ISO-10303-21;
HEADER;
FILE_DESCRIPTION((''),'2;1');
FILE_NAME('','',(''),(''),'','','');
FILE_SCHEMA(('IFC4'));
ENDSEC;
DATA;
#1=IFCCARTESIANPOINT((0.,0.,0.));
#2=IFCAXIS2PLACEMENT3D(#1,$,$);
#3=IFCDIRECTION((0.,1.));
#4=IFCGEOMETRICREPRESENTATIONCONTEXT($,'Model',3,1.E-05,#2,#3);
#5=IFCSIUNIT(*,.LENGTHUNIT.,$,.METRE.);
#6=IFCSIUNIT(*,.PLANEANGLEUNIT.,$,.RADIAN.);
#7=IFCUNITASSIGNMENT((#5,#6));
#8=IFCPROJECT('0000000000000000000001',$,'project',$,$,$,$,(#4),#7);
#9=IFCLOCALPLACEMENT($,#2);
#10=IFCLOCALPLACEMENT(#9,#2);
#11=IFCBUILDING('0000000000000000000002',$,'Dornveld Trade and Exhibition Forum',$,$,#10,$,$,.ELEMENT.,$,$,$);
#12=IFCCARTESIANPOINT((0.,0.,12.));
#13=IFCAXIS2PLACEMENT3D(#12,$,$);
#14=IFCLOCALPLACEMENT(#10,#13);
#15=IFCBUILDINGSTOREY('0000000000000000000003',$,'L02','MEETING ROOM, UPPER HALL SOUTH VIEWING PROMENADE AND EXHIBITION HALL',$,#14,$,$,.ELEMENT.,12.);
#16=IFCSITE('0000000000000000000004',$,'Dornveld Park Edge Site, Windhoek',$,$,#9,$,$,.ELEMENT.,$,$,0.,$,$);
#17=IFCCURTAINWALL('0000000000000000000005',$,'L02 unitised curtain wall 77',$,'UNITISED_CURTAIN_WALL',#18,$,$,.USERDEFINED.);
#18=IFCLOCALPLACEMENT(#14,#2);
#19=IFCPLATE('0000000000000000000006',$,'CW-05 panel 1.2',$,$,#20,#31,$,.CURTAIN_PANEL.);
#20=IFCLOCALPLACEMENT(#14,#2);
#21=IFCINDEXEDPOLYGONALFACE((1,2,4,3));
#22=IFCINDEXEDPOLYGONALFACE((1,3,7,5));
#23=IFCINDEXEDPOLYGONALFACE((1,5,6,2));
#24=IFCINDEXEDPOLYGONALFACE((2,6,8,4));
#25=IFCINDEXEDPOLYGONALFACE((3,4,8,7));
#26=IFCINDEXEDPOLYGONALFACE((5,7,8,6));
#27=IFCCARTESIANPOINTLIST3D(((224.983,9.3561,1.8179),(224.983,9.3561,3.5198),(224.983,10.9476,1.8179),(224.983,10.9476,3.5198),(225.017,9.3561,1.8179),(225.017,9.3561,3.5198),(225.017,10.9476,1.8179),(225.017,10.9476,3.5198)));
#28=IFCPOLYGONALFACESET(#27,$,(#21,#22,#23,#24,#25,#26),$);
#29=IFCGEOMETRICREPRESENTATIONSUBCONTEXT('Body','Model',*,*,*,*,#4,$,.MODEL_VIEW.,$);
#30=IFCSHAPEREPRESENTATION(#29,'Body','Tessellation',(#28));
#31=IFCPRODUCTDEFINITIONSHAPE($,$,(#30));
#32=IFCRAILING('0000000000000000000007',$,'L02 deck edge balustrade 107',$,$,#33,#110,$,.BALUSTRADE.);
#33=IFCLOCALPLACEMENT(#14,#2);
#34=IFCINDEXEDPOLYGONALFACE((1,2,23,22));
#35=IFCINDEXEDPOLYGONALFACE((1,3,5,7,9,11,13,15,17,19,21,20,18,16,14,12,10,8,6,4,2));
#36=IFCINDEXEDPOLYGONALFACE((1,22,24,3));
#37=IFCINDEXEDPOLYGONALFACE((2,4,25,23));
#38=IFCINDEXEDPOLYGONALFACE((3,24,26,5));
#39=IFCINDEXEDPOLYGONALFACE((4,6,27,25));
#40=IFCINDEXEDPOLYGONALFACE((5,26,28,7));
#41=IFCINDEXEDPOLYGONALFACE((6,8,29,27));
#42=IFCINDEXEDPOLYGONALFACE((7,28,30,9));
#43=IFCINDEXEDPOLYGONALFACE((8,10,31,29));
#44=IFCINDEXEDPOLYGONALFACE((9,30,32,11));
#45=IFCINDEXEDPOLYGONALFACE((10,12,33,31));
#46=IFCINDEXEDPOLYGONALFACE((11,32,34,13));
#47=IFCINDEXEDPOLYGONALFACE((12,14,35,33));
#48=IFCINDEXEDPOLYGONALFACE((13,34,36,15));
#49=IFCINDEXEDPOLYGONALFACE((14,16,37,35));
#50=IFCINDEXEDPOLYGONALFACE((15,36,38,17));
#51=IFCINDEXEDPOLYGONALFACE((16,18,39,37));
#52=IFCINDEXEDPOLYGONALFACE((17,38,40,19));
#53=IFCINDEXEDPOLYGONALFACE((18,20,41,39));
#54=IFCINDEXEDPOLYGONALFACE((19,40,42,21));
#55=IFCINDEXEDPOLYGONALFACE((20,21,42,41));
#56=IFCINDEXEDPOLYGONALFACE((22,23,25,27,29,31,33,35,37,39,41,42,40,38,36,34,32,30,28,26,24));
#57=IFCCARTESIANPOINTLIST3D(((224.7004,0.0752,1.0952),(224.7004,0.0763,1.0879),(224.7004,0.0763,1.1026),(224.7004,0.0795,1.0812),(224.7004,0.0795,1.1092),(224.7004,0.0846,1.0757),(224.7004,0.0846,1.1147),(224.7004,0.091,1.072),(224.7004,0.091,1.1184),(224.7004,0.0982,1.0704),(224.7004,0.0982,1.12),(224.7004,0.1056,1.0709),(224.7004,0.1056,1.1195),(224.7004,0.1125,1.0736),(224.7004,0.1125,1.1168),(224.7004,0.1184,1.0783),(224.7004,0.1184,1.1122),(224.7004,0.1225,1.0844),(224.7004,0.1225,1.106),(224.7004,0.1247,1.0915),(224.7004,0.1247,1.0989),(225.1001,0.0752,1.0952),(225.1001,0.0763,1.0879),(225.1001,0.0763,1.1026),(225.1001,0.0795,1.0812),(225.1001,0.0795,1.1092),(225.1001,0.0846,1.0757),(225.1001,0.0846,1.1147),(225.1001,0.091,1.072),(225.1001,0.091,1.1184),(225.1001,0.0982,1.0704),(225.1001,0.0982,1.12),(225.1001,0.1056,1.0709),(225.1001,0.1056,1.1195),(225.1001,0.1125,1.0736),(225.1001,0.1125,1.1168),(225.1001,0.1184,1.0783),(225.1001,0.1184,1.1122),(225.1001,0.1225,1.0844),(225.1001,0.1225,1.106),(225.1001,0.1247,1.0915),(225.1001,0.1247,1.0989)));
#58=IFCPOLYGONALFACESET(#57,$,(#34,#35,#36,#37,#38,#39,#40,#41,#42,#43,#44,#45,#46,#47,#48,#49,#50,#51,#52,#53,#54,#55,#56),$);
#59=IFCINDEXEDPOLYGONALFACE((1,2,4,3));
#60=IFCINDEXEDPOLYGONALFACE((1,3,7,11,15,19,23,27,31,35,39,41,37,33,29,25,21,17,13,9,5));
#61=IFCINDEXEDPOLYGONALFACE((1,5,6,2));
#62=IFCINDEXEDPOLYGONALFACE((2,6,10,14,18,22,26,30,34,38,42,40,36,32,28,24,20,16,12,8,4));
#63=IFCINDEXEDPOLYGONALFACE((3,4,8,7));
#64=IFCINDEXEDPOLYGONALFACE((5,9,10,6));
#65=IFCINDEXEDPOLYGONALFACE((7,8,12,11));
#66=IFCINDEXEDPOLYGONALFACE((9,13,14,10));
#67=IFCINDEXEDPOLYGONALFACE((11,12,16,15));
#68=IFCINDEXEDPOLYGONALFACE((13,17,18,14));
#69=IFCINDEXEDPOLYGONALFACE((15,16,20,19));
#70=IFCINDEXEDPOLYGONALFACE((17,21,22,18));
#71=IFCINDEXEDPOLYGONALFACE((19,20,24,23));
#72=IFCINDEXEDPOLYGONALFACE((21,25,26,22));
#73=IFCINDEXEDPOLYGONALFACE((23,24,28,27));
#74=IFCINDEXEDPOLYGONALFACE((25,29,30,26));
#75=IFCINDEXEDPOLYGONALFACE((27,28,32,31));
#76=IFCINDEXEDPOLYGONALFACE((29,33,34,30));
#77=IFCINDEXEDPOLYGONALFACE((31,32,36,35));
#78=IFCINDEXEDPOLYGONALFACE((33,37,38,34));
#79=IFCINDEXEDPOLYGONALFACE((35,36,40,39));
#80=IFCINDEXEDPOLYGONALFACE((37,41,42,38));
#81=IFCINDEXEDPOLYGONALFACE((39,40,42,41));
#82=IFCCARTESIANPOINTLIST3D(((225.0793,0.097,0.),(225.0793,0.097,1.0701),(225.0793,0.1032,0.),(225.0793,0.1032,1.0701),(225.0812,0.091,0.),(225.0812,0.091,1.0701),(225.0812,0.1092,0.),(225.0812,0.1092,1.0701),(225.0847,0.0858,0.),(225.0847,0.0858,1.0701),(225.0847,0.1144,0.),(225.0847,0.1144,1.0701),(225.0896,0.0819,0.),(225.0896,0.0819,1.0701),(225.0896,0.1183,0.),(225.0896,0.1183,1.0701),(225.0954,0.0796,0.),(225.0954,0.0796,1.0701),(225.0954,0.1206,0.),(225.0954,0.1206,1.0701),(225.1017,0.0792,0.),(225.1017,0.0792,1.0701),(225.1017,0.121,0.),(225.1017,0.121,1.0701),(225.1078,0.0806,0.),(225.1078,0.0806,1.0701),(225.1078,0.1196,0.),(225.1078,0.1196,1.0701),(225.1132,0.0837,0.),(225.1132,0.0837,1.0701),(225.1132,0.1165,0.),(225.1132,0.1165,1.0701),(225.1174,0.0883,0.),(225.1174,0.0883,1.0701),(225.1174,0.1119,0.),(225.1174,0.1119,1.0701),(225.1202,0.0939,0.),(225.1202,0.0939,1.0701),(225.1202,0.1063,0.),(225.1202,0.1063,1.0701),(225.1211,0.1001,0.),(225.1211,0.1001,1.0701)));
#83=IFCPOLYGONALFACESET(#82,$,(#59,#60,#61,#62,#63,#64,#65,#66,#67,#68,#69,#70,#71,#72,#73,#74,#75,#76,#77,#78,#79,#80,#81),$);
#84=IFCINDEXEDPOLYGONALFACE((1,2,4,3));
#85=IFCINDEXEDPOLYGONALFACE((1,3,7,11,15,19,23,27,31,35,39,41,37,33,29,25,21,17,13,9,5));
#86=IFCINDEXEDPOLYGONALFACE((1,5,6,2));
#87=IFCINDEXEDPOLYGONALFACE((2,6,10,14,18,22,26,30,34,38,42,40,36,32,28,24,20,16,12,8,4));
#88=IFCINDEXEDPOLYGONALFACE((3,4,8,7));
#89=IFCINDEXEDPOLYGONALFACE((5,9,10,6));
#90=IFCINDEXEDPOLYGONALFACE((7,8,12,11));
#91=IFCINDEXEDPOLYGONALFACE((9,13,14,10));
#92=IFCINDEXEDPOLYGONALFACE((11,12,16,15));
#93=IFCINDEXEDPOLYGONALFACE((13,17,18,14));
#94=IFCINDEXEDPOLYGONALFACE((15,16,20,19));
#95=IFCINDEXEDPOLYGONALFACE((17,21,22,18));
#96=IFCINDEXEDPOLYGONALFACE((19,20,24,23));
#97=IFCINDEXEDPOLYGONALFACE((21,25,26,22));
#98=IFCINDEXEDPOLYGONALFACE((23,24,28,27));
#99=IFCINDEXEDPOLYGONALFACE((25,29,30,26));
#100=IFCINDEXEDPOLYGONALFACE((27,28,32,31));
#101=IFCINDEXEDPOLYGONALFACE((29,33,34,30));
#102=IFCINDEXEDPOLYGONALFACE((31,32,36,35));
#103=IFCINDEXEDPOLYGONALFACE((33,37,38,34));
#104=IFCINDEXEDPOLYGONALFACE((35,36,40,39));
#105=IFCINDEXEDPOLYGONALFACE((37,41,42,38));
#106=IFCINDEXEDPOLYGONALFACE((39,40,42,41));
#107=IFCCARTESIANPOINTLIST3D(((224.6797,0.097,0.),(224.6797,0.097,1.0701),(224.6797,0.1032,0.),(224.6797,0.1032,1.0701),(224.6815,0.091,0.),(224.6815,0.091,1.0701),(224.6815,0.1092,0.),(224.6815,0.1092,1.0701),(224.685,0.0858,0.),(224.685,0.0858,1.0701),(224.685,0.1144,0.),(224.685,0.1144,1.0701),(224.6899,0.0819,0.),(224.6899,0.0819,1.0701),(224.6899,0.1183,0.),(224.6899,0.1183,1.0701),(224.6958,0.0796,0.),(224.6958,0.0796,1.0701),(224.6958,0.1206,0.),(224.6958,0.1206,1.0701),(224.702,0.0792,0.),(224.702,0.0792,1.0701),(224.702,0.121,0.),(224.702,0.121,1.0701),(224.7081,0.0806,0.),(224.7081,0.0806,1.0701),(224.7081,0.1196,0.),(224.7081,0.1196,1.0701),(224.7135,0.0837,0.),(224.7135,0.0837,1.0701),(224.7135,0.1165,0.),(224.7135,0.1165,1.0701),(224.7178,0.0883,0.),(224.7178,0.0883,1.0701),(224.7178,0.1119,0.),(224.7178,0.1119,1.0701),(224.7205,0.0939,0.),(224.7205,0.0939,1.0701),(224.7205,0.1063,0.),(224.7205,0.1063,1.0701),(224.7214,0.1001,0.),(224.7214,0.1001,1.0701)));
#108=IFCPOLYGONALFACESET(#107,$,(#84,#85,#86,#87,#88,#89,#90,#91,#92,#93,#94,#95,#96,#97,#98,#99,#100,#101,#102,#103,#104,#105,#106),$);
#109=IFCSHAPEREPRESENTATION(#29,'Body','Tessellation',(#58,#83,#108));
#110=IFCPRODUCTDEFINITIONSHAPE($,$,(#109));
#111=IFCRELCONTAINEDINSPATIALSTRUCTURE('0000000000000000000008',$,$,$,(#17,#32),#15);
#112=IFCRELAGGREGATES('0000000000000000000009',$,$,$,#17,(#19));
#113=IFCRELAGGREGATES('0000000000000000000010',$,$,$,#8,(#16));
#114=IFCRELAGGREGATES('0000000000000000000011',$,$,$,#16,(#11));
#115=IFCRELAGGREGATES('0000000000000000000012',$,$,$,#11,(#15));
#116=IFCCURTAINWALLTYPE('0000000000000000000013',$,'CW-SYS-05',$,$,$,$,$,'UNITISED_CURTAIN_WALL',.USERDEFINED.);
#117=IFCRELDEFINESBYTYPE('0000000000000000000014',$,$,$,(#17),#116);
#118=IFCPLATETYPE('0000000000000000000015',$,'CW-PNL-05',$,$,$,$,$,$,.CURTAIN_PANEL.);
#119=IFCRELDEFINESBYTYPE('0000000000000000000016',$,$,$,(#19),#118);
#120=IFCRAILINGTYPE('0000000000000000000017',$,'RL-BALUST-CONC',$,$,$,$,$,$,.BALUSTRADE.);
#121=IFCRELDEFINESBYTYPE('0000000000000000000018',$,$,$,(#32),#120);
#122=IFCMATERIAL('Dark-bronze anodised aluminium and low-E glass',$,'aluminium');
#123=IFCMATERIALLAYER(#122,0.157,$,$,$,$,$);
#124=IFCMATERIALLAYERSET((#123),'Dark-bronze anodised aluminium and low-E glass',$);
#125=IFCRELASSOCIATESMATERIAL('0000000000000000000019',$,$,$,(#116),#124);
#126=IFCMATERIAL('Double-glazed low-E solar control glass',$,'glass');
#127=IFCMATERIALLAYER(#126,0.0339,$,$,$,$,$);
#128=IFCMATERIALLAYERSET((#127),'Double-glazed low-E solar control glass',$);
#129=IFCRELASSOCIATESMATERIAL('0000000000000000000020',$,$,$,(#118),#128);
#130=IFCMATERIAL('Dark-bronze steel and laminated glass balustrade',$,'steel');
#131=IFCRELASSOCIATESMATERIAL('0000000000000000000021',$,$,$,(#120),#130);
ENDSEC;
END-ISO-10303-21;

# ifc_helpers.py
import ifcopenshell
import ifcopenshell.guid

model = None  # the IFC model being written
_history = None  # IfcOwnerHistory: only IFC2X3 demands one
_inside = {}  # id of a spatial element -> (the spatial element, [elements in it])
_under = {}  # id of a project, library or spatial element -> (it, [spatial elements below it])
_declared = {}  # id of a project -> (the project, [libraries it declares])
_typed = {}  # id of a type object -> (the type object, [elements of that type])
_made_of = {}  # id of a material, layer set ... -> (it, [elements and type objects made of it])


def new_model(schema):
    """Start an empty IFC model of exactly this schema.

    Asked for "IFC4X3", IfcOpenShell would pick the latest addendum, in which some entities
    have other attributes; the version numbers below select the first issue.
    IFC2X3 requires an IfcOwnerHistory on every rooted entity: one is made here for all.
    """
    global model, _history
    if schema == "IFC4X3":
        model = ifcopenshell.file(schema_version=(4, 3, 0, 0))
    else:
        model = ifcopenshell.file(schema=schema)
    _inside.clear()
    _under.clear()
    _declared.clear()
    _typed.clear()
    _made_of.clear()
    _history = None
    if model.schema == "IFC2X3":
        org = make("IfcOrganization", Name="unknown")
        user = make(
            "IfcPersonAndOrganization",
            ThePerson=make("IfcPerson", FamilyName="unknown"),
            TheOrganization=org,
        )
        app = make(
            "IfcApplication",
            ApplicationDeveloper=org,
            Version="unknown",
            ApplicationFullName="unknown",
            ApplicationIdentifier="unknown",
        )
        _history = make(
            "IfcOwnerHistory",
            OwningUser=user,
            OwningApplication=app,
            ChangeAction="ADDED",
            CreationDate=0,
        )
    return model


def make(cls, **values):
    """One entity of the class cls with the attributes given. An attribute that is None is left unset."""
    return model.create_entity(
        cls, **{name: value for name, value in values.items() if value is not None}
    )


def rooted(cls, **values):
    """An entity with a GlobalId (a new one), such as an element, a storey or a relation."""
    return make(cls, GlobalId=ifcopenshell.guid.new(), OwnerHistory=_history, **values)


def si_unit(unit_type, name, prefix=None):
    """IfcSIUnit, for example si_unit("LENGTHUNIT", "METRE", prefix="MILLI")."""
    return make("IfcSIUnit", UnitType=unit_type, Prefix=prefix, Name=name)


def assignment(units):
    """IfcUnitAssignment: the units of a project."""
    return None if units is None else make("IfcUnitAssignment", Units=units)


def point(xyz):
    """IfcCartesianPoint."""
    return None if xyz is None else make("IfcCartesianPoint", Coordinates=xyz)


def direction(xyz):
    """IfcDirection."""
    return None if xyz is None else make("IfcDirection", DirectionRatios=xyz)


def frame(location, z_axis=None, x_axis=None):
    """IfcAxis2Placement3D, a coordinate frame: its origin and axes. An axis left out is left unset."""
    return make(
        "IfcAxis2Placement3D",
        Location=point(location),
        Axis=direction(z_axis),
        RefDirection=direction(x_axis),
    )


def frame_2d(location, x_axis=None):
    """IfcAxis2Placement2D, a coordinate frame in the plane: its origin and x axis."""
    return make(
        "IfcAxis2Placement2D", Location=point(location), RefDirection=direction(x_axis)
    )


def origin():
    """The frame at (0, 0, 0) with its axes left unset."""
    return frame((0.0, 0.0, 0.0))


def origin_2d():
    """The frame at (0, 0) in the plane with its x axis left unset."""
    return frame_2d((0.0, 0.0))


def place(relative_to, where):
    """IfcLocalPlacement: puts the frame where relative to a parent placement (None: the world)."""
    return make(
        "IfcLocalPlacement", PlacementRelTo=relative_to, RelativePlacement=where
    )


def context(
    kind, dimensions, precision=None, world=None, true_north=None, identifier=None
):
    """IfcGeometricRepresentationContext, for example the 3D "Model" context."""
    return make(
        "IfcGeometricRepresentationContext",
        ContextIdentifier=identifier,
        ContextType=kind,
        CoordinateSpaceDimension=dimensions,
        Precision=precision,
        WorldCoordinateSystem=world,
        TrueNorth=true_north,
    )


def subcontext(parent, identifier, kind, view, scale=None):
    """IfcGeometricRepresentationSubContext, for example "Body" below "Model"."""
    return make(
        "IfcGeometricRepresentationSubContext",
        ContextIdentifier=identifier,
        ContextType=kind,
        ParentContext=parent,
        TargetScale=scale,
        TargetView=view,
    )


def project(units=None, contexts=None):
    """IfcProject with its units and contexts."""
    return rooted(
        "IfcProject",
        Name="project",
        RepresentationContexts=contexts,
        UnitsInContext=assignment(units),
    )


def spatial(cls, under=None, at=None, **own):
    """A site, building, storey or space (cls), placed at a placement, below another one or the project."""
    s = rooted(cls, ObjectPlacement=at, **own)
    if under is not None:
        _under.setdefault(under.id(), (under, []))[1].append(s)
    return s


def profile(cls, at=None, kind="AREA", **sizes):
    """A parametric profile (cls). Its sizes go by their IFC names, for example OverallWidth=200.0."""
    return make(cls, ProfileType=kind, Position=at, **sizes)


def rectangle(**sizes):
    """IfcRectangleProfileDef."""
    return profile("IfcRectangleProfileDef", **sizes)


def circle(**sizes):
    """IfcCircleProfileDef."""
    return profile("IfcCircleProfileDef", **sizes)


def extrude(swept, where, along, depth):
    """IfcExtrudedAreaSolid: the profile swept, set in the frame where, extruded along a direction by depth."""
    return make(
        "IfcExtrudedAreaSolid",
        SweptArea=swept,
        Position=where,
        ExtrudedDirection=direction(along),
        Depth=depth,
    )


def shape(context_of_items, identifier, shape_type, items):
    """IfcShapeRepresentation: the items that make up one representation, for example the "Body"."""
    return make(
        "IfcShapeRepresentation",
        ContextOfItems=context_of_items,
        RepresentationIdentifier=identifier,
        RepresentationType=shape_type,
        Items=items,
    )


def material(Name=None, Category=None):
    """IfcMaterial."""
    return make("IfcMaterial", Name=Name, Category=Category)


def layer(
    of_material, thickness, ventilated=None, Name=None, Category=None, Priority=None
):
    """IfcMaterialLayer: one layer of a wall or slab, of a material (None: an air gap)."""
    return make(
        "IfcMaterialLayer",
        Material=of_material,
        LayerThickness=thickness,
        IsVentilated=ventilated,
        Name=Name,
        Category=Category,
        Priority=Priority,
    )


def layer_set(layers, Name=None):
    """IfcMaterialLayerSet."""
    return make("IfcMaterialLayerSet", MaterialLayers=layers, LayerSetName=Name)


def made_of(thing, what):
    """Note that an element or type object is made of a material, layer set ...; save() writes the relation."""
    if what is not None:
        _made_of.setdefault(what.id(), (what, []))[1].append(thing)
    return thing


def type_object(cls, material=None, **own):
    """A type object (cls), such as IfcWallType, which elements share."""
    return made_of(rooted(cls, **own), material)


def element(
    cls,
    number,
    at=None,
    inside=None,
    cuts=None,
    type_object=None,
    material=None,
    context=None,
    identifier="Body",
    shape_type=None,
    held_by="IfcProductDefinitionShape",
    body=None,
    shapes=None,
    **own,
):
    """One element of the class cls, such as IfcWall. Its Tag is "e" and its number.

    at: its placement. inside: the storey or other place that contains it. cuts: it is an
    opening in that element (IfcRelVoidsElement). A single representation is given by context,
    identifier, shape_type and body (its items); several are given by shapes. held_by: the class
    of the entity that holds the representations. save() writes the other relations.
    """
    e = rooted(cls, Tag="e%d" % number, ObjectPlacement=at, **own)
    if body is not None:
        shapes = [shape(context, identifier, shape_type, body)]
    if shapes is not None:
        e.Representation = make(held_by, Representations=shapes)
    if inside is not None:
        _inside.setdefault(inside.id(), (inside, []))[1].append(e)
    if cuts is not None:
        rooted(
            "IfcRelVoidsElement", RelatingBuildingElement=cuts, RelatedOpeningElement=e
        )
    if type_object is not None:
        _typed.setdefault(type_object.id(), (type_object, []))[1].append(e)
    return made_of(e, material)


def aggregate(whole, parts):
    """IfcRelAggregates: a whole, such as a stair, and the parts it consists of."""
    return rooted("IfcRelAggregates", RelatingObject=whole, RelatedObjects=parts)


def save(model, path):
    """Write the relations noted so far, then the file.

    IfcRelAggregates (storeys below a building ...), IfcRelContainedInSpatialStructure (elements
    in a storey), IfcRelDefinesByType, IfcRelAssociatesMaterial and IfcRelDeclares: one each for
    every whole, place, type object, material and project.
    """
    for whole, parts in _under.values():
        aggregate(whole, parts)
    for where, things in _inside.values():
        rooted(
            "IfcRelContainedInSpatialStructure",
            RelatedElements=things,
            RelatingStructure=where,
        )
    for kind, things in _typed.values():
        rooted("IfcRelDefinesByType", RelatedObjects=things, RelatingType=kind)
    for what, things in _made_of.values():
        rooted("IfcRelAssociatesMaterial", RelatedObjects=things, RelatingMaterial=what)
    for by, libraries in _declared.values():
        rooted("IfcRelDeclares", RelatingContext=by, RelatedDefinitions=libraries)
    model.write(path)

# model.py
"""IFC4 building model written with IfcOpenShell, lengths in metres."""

from ifc_helpers import new_model, si_unit, direction, frame, origin, origin_2d, place, context, subcontext, project, spatial, rectangle, circle, extrude, material, layer, layer_set, type_object, element, aggregate, save


model = new_model("IFC4")

# Units and contexts
model_context = context("Model", 3, precision=1e-05, world=origin(), true_north=direction((0.0, 1.0)))
body_context = subcontext(model_context, "Body", "Model", "MODEL_VIEW")
ifc_project = project(units=[si_unit("LENGTHUNIT", "METRE"), si_unit("PLANEANGLEUNIT", "RADIAN")], contexts=[model_context])

# Site, building, storey
site_placement = place(None, origin())
site = spatial("IfcSite", under=ifc_project, at=site_placement, Name="Dornveld Park Edge Site, Windhoek", CompositionType="ELEMENT", RefElevation=0.0)
building_placement = place(site_placement, origin())
building = spatial("IfcBuilding", under=site, at=building_placement, Name="Dornveld Trade and Exhibition Forum", CompositionType="ELEMENT")
storey_placement = place(building_placement, frame((0.0, 0.0, 12.0)))
storey = spatial("IfcBuildingStorey", under=building, at=storey_placement, Name="L02", Description="MEETING ROOM, UPPER HALL SOUTH VIEWING PROMENADE AND EXHIBITION HALL", CompositionType="ELEMENT", Elevation=12.0)

# Curtain wall
ifc_material_1 = material(Name="Dark-bronze anodised aluminium and low-E glass", Category="aluminium")
ifc_layer_1 = layer(ifc_material_1, 0.157)
ifc_layer_set_1 = layer_set([ifc_layer_1], Name="Dark-bronze anodised aluminium and low-E glass")
curtain_wall_type_1 = type_object("IfcCurtainWallType", Name="CW-SYS-05", ElementType="UNITISED_CURTAIN_WALL", PredefinedType="USERDEFINED", material=ifc_layer_set_1)
curtain_wall_1_placement = place(storey_placement, origin())
curtain_wall_1 = element("IfcCurtainWall", 1, at=curtain_wall_1_placement, inside=storey, type_object=curtain_wall_type_1, Name="L02 unitised curtain wall 77", ObjectType="UNITISED_CURTAIN_WALL", PredefinedType="USERDEFINED")

# Plate
ifc_material_2 = material(Name="Double-glazed low-E solar control glass", Category="glass")
ifc_layer_2 = layer(ifc_material_2, 0.0339)
ifc_layer_set_2 = layer_set([ifc_layer_2], Name="Double-glazed low-E solar control glass")
plate_type_1 = type_object("IfcPlateType", Name="CW-PNL-05", PredefinedType="CURTAIN_PANEL", material=ifc_layer_set_2)
plate_1_placement = place(storey_placement, frame((225.0, 10.1519, 1.8179), z_axis=(0.0, 0.0, 1.0), x_axis=(0.0, 1.0, 0.0)))
plate_1 = element("IfcPlate", 2, at=plate_1_placement, type_object=plate_type_1, Name="CW-05 panel 1.2", PredefinedType="CURTAIN_PANEL", context=body_context, shape_type="SweptSolid", body=[
    extrude(rectangle(XDim=1.5916, YDim=0.0339, at=origin_2d()), origin(), (0.0, 0.0, 1.0), 1.7019),
])
aggregate(curtain_wall_1, [plate_1])

# Railing
ifc_material_3 = material(Name="Dark-bronze steel and laminated glass balustrade", Category="steel")
railing_type = type_object("IfcRailingType", Name="RL-BALUST-CONC", PredefinedType="BALUSTRADE", material=ifc_material_3)
railing_1_placement = place(storey_placement, frame((225.1001, 0.1001, 0.0)))
element("IfcRailing", 3, at=railing_1_placement, inside=storey, type_object=railing_type, Name="L02 deck edge balustrade 107", PredefinedType="BALUSTRADE", context=body_context, shape_type="SweptSolid", body=[
    extrude(circle(Radius=0.0249, at=origin_2d()), frame((0.0, 0.0, 1.0952), z_axis=(-1.0, 0.0, 0.0), x_axis=(0.0, -1.0, 0.0)), (0.0, 0.0, 1.0), 0.3997),
    extrude(circle(Radius=0.021, at=origin_2d()), origin(), (0.0, 0.0, 1.0), 1.0701),
    extrude(circle(Radius=0.021, at=origin_2d()), frame((-0.3997, 0.0, 0.0)), (0.0, 0.0, 1.0), 1.0701),
])

save(model, "model.ifc")
